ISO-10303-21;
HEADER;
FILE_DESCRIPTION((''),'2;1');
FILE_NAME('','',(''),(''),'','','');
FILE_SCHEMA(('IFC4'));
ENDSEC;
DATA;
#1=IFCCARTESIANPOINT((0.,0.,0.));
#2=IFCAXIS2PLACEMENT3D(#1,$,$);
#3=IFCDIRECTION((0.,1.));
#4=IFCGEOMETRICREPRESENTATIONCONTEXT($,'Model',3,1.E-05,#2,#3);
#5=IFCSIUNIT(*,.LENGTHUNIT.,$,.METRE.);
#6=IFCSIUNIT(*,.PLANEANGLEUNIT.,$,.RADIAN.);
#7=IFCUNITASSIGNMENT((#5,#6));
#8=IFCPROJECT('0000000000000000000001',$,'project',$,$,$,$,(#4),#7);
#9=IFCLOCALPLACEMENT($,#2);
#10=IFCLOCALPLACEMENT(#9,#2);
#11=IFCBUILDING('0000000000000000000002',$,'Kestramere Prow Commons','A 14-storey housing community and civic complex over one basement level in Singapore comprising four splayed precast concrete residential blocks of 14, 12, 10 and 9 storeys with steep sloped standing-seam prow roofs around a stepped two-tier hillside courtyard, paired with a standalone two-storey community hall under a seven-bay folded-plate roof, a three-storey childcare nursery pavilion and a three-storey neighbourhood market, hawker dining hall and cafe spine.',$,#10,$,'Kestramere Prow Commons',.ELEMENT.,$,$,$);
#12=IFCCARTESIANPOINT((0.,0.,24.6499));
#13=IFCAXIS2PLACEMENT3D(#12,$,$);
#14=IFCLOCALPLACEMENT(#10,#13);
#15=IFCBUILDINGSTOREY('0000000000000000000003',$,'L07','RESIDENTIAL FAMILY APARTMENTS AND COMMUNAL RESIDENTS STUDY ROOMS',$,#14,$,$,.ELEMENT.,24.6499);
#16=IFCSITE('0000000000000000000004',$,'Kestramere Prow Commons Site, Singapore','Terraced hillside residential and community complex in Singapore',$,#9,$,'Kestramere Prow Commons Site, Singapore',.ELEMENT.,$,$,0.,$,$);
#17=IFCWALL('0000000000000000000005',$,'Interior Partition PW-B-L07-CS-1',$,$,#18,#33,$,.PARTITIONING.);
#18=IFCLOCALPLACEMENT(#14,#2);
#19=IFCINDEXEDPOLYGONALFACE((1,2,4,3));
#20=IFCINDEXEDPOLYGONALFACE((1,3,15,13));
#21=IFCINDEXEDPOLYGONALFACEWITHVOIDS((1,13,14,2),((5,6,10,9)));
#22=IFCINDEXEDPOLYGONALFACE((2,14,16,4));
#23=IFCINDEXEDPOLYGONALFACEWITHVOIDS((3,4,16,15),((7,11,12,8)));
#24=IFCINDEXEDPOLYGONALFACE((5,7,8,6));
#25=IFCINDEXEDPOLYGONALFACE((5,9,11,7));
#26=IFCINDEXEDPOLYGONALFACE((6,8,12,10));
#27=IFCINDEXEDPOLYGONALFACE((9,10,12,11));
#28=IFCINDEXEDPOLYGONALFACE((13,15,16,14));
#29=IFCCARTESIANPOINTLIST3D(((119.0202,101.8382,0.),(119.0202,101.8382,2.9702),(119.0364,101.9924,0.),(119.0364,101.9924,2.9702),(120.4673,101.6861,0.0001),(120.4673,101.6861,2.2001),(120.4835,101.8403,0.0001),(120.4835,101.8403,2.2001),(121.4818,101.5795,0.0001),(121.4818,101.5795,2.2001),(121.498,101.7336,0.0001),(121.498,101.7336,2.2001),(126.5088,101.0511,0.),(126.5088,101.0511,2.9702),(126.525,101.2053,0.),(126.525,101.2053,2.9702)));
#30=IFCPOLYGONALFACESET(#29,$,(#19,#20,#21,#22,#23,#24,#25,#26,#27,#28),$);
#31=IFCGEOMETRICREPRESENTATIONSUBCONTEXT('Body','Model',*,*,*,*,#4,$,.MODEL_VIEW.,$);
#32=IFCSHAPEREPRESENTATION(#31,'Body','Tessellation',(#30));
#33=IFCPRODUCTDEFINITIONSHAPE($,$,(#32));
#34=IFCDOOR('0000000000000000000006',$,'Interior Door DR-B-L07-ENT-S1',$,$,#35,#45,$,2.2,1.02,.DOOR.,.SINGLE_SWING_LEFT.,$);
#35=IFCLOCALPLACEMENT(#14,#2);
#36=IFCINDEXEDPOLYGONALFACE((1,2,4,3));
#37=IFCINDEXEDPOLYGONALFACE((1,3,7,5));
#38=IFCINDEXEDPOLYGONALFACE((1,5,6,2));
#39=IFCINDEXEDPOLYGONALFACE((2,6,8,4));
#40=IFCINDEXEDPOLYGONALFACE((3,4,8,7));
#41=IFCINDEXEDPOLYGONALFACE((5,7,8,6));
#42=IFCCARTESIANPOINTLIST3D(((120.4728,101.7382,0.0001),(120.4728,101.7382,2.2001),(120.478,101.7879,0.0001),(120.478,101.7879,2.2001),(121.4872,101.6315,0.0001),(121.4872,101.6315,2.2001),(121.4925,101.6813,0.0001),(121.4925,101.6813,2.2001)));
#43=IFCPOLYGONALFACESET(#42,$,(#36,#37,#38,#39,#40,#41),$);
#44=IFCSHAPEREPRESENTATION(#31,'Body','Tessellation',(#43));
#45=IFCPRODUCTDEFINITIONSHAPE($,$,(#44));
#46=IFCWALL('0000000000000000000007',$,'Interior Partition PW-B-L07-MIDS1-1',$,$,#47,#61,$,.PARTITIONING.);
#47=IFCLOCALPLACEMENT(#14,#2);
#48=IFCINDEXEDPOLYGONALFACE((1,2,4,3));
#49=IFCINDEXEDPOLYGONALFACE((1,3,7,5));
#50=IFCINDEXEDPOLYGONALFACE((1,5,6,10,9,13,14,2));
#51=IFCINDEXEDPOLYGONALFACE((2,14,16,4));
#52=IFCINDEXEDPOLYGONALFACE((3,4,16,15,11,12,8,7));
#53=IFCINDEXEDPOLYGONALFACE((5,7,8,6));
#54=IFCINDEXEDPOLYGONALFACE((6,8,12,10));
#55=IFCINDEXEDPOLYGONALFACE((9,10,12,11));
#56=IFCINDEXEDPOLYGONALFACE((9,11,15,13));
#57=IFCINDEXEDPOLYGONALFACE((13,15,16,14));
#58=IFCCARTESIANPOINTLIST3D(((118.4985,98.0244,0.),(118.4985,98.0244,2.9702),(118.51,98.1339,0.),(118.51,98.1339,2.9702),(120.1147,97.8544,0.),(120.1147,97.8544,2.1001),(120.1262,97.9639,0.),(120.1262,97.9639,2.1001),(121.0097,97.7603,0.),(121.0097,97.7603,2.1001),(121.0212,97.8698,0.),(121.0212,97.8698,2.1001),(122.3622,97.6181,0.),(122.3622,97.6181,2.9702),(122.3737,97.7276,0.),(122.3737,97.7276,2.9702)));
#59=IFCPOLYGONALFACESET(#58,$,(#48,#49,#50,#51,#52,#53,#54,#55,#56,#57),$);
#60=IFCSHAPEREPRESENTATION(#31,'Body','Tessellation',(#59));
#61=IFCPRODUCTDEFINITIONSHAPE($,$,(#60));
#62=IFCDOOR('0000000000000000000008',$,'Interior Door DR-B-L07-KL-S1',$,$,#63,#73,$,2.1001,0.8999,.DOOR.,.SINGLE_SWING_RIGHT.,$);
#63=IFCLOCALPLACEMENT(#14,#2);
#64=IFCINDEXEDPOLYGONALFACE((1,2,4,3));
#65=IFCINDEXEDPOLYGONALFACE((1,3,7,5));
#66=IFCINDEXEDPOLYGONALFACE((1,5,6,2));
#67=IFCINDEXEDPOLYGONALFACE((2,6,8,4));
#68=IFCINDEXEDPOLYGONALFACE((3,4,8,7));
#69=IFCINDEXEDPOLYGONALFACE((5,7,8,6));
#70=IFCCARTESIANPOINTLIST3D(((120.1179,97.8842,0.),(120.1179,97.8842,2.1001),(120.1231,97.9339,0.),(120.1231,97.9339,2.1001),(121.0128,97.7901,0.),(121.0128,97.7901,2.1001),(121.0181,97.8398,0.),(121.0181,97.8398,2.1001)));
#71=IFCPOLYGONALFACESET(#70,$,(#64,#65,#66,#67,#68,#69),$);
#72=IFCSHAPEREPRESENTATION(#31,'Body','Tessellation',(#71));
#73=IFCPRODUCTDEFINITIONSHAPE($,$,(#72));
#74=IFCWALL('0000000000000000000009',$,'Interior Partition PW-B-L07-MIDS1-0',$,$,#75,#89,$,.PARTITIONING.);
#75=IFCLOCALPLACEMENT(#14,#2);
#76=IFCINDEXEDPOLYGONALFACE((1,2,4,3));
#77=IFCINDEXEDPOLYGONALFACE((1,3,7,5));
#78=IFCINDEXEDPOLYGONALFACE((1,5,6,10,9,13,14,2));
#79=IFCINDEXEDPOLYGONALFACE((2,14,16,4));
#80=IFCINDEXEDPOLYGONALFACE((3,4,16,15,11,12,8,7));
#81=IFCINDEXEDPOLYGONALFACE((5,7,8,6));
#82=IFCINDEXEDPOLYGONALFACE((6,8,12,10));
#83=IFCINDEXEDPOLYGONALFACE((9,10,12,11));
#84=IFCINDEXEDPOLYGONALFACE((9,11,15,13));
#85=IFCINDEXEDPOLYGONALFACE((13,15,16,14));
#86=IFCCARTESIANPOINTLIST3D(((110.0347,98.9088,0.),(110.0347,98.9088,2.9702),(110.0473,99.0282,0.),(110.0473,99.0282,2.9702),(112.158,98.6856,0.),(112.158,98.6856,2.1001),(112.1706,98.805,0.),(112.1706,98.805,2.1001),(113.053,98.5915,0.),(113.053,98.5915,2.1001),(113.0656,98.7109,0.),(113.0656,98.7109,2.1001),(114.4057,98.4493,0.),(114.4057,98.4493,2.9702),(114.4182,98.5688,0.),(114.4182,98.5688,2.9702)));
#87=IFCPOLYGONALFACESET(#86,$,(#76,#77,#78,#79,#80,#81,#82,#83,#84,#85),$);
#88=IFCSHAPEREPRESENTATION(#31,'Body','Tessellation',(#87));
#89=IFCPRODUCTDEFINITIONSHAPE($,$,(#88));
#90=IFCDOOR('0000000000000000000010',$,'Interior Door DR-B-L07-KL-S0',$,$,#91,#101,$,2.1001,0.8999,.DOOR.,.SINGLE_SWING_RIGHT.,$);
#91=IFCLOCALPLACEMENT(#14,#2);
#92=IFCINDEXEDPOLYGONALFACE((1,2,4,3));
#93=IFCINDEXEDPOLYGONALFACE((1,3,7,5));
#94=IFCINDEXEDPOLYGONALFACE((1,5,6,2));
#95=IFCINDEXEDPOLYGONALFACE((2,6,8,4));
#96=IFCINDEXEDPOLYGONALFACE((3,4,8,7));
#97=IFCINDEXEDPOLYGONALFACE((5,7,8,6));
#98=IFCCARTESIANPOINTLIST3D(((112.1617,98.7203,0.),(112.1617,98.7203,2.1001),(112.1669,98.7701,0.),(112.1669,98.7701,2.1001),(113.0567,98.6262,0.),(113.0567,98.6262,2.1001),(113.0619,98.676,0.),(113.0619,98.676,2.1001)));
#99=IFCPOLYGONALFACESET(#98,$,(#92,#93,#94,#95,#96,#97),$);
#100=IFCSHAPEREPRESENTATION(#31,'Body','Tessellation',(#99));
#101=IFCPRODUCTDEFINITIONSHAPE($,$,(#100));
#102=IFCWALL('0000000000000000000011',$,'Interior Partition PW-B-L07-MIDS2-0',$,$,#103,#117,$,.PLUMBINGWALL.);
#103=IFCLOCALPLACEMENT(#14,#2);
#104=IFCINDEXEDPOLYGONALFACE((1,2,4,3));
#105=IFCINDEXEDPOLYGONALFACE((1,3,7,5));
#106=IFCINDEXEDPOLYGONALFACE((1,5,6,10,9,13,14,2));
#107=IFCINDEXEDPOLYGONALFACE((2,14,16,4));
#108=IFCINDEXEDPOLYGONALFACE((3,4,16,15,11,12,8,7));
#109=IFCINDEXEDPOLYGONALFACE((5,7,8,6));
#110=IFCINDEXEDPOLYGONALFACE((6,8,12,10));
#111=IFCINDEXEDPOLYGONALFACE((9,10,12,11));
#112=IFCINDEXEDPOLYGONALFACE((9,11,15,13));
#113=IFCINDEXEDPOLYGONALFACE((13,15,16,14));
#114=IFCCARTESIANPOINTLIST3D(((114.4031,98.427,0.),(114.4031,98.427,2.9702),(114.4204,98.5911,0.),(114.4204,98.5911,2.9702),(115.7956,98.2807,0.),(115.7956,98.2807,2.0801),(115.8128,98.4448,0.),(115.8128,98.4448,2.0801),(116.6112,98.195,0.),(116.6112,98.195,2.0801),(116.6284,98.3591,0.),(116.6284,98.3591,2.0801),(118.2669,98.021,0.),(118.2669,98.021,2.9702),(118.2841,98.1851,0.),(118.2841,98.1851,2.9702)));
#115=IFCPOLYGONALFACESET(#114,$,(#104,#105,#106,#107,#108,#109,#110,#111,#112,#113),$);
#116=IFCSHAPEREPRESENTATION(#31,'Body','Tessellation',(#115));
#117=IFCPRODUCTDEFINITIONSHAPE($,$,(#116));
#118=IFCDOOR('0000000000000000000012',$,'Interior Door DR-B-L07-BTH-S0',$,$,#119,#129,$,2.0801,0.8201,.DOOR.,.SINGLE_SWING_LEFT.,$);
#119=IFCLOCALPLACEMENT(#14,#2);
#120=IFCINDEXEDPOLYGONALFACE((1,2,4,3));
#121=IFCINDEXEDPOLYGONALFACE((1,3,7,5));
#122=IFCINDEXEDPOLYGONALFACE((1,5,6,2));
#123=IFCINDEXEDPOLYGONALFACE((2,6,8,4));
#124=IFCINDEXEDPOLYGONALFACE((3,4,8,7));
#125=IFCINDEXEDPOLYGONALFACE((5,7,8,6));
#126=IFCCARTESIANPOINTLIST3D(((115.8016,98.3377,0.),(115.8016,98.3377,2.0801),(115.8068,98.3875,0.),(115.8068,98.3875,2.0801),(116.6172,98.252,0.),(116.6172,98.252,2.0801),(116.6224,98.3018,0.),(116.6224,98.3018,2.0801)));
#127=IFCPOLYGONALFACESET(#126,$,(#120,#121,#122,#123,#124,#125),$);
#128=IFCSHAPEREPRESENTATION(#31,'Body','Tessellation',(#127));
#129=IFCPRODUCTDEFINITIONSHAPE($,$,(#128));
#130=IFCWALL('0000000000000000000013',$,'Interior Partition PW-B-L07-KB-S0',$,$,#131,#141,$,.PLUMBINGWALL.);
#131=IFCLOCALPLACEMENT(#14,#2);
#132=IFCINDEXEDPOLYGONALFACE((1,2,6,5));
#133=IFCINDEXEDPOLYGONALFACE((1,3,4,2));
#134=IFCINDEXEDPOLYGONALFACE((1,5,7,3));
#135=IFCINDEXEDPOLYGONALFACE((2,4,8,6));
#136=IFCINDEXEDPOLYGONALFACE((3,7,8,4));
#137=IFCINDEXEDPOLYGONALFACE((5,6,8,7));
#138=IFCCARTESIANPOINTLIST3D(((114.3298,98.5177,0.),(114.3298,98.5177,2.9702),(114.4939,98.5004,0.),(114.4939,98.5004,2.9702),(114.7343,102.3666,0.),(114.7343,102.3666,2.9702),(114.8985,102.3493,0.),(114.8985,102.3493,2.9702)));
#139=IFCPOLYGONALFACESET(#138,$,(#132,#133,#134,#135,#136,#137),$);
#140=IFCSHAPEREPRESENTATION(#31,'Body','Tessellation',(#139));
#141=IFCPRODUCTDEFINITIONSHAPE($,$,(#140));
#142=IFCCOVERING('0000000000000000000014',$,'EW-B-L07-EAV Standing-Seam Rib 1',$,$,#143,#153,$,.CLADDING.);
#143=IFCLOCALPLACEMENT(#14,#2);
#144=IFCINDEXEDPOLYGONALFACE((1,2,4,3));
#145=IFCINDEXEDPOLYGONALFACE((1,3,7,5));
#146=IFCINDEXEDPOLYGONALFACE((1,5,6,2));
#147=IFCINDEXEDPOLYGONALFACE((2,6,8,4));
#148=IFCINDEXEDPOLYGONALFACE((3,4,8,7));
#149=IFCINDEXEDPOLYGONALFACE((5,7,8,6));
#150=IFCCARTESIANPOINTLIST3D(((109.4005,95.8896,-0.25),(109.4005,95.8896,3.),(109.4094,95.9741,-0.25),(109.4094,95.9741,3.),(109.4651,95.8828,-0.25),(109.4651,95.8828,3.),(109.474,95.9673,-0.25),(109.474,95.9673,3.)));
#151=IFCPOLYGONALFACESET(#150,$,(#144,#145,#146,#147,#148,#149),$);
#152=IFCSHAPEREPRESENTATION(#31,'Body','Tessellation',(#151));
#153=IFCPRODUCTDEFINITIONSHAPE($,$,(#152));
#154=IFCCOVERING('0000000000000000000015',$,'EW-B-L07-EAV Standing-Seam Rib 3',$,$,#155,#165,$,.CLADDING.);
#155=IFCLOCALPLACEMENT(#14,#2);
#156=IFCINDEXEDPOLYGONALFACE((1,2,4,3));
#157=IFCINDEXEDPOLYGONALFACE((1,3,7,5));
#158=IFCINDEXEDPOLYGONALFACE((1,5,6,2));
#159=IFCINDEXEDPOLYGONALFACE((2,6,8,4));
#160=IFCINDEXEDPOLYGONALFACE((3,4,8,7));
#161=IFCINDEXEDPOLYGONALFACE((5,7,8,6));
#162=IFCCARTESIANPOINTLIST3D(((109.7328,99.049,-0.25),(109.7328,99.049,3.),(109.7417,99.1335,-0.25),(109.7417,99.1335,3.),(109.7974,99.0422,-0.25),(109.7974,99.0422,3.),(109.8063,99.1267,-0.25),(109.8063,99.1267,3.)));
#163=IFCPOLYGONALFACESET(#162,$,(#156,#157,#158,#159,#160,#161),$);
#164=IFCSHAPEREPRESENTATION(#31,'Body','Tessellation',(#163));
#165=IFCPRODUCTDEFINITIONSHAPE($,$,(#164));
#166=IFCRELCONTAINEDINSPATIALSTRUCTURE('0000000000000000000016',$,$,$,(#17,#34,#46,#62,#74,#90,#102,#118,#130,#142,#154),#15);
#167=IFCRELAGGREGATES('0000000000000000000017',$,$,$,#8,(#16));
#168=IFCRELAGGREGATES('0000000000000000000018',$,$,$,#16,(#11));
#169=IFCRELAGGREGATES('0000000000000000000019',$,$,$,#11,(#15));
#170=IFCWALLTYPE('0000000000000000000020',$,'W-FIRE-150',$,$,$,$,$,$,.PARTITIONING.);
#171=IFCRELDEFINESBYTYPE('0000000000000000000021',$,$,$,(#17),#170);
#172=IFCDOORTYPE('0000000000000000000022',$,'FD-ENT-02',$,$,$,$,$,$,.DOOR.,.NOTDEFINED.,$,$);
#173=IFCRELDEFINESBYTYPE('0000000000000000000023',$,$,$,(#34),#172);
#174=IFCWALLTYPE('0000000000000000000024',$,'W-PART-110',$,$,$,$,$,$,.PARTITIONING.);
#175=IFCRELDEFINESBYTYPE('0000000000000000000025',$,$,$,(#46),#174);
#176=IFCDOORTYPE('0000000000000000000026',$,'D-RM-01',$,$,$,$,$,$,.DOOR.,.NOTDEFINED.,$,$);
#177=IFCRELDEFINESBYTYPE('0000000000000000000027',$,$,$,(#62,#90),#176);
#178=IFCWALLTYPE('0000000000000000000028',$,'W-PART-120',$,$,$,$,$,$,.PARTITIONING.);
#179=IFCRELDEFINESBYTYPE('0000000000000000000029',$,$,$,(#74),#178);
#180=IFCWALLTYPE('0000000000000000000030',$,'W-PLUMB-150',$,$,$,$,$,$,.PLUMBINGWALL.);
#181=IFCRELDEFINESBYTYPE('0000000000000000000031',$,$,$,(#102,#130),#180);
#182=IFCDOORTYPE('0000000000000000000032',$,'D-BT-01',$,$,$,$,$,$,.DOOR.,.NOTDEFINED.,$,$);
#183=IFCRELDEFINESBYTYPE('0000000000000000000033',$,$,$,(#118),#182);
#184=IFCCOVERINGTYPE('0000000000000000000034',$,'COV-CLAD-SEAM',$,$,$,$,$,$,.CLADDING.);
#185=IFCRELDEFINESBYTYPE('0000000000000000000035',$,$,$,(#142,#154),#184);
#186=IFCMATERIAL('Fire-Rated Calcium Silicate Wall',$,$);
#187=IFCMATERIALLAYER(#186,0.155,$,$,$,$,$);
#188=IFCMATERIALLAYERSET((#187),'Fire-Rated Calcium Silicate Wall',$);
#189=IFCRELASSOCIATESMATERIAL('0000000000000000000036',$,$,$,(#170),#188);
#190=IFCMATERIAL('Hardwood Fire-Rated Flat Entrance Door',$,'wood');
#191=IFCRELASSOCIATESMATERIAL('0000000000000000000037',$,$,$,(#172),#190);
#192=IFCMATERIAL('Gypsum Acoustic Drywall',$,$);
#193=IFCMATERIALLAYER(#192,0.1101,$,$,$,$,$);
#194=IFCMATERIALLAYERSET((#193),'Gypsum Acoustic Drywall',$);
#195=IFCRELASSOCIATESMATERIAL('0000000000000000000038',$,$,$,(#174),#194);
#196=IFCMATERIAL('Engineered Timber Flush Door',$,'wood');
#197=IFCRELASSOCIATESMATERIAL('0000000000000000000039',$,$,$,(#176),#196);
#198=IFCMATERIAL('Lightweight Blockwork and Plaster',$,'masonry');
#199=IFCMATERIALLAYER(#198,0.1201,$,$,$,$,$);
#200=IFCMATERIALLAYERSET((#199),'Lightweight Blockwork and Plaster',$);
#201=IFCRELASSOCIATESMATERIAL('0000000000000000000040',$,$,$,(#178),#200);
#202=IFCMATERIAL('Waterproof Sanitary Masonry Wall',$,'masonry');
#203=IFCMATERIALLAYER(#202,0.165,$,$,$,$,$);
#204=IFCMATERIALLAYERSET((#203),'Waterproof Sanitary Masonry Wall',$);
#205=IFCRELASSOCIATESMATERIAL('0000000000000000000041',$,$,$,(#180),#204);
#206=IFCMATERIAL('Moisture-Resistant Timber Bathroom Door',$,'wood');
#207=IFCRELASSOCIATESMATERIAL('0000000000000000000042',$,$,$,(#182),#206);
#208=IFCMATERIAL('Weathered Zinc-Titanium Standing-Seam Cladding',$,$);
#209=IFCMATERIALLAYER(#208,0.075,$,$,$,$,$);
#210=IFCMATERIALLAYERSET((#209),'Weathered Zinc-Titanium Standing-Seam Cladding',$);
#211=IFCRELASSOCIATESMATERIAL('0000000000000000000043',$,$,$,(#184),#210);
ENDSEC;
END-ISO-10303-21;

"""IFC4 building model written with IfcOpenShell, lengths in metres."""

from ifc_helpers import new_model, si_unit, direction, frame, frame_2d, origin, origin_2d, place, context, subcontext, project, spatial, rectangle, extrude, material, layer, layer_set, type_object, element, fill, save


model = new_model("IFC4")

# Units and contexts
model_context = context("Model", 3, precision=1e-05, world=origin(), true_north=direction((0.0, 1.0)))
body_context = subcontext(model_context, "Body", "Model", "MODEL_VIEW")
ifc_project = project(units=[si_unit("LENGTHUNIT", "METRE"), si_unit("PLANEANGLEUNIT", "RADIAN")], contexts=[model_context])

# Site, building, storey
site_placement = place(None, origin())
site = spatial("IfcSite", under=ifc_project, at=site_placement, Name="Kestramere Prow Commons Site, Singapore", Description="Terraced hillside residential and community complex in Singapore", LongName="Kestramere Prow Commons Site, Singapore", CompositionType="ELEMENT", RefElevation=0.0)
building_placement = place(site_placement, origin())
building = spatial("IfcBuilding", under=site, at=building_placement, Name="Kestramere Prow Commons", Description="A 14-storey housing community and civic complex over one basement level in Singapore comprising four splayed precast concrete residential blocks of 14, 12, 10 and 9 storeys with steep sloped standing-seam prow roofs around a stepped two-tier hillside courtyard, paired with a standalone two-storey community hall under a seven-bay folded-plate roof, a three-storey childcare nursery pavilion and a three-storey neighbourhood market, hawker dining hall and cafe spine.", LongName="Kestramere Prow Commons", CompositionType="ELEMENT")
storey_placement = place(building_placement, frame((0.0, 0.0, 24.6499)))
storey = spatial("IfcBuildingStorey", under=building, at=storey_placement, Name="L07", Description="RESIDENTIAL FAMILY APARTMENTS AND COMMUNAL RESIDENTS STUDY ROOMS", CompositionType="ELEMENT", Elevation=24.6499)

# Walls, openings, doors
ifc_material_1 = material(Name="Fire-Rated Calcium Silicate Wall")
ifc_layer_1 = layer(ifc_material_1, 0.155)
ifc_layer_set_1 = layer_set([ifc_layer_1], Name="Fire-Rated Calcium Silicate Wall")
wall_type_1 = type_object("IfcWallType", Name="W-FIRE-150", PredefinedType="PARTITIONING", material=ifc_layer_set_1)
wall_1_placement = place(storey_placement, frame((119.0283, 101.9153, 0.0), z_axis=(0.0, 0.0, 1.0), x_axis=(0.994521, -0.104533, 0.0)))
wall_1 = element("IfcWall", 1, at=wall_1_placement, inside=storey, type_object=wall_type_1, Name="Interior Partition PW-B-L07-CS-1", PredefinedType="PARTITIONING", context=body_context, shape_type="SweptSolid", body=[
    extrude(rectangle(XDim=7.5298, YDim=0.155, at=frame_2d((3.7649, 0.0))), origin(), (0.0, 0.0, 1.0), 2.9702),
])
opening_1_placement = place(wall_1_placement, frame((1.4551, 0.0, 0.0)))
opening_1 = element("IfcOpeningElement", 2, at=opening_1_placement, cuts=wall_1, PredefinedType="OPENING", context=body_context, shape_type="SweptSolid", body=[
    extrude(rectangle(XDim=1.02, YDim=2.2, at=frame_2d((0.51, 1.1001))), frame((0.0, 0.0925, 0.0), z_axis=(0.0, -1.0, 0.0), x_axis=(1.0, 0.0, 0.0)), (0.0, 0.0, 1.0), 0.1851),
])
ifc_material_2 = material(Name="Hardwood Fire-Rated Flat Entrance Door", Category="wood")
door_type_1 = type_object("IfcDoorType", Name="FD-ENT-02", OperationType="NOTDEFINED", PredefinedType="DOOR", material=ifc_material_2)
door_1_placement = place(opening_1_placement, origin())
door_1 = element("IfcDoor", 3, at=door_1_placement, inside=storey, type_object=door_type_1, Name="Interior Door DR-B-L07-ENT-S1", OperationType="SINGLE_SWING_LEFT", OverallHeight=2.2, OverallWidth=1.02, PredefinedType="DOOR", context=body_context, shape_type="SweptSolid", body=[
    extrude(rectangle(XDim=1.02, YDim=2.2, at=frame_2d((0.51, 1.1001))), frame((0.0, 0.0249, 0.0), z_axis=(0.0, -1.0, 0.0), x_axis=(1.0, 0.0, 0.0)), (0.0, 0.0, 1.0), 0.05),
])
fill(opening_1, door_1)
ifc_material_3 = material(Name="Gypsum Acoustic Drywall")
ifc_layer_2 = layer(ifc_material_3, 0.1101)
ifc_layer_set_2 = layer_set([ifc_layer_2], Name="Gypsum Acoustic Drywall")
wall_type_2 = type_object("IfcWallType", Name="W-PART-110", PredefinedType="PARTITIONING", material=ifc_layer_set_2)
wall_2_placement = place(storey_placement, frame((118.5044, 98.0791, 0.0), z_axis=(0.0, 0.0, 1.0), x_axis=(0.994518, -0.104567, 0.0)))
wall_2 = element("IfcWall", 4, at=wall_2_placement, inside=storey, type_object=wall_type_2, Name="Interior Partition PW-B-L07-MIDS1-1", PredefinedType="PARTITIONING", context=body_context, shape_type="SweptSolid", body=[
    extrude(rectangle(XDim=3.885, YDim=0.1101, at=frame_2d((1.9424, 0.0))), origin(), (0.0, 0.0, 1.0), 2.9702),
])
opening_2_placement = place(wall_2_placement, frame((1.625, 0.0, 0.0)))
opening_2 = element("IfcOpeningElement", 5, at=opening_2_placement, cuts=wall_2, PredefinedType="OPENING", context=body_context, shape_type="SweptSolid", body=[
    extrude(rectangle(XDim=0.8999, YDim=2.1001, at=frame_2d((0.45, 1.05))), frame((0.0, 0.0701, 0.0), z_axis=(0.0, -1.0, 0.0), x_axis=(1.0, 0.0, 0.0)), (0.0, 0.0, 1.0), 0.1401),
])
ifc_material_4 = material(Name="Engineered Timber Flush Door", Category="wood")
door_type_2 = type_object("IfcDoorType", Name="D-RM-01", OperationType="NOTDEFINED", PredefinedType="DOOR", material=ifc_material_4)
door_2_placement = place(opening_2_placement, origin())
door_2 = element("IfcDoor", 6, at=door_2_placement, inside=storey, type_object=door_type_2, Name="Interior Door DR-B-L07-KL-S1", OperationType="SINGLE_SWING_RIGHT", OverallHeight=2.1001, OverallWidth=0.8999, PredefinedType="DOOR", context=body_context, shape_type="SweptSolid", body=[
    extrude(rectangle(XDim=0.8999, YDim=2.1001, at=frame_2d((0.45, 1.05))), frame((0.0, 0.0249, 0.0), z_axis=(0.0, -1.0, 0.0), x_axis=(1.0, 0.0, 0.0)), (0.0, 0.0, 1.0), 0.05),
])
fill(opening_2, door_2)
ifc_material_5 = material(Name="Lightweight Blockwork and Plaster", Category="masonry")
ifc_layer_3 = layer(ifc_material_5, 0.1201)
ifc_layer_set_3 = layer_set([ifc_layer_3], Name="Lightweight Blockwork and Plaster")
wall_type_3 = type_object("IfcWallType", Name="W-PART-120", PredefinedType="PARTITIONING", material=ifc_layer_set_3)
wall_3_placement = place(storey_placement, frame((110.041, 98.9685, 0.0), z_axis=(0.0, 0.0, 1.0), x_axis=(0.99452, -0.104546, 0.0)))
wall_3 = element("IfcWall", 7, at=wall_3_placement, inside=storey, type_object=wall_type_3, Name="Interior Partition PW-B-L07-MIDS1-0", PredefinedType="PARTITIONING", context=body_context, shape_type="SweptSolid", body=[
    extrude(rectangle(XDim=4.395, YDim=0.1201, at=frame_2d((2.1975, 0.0))), origin(), (0.0, 0.0, 1.0), 2.9702),
])
opening_3_placement = place(wall_3_placement, frame((2.135, 0.0, 0.0)))
opening_3 = element("IfcOpeningElement", 8, at=opening_3_placement, cuts=wall_3, PredefinedType="OPENING", context=body_context, shape_type="SweptSolid", body=[
    extrude(rectangle(XDim=0.8999, YDim=2.1001, at=frame_2d((0.45, 1.05))), frame((0.0, 0.075, 0.0), z_axis=(0.0, -1.0, 0.0), x_axis=(1.0, 0.0, 0.0)), (0.0, 0.0, 1.0), 0.1501),
])
door_3_placement = place(opening_3_placement, origin())
door_3 = element("IfcDoor", 9, at=door_3_placement, inside=storey, type_object=door_type_2, Name="Interior Door DR-B-L07-KL-S0", OperationType="SINGLE_SWING_RIGHT", OverallHeight=2.1001, OverallWidth=0.8999, PredefinedType="DOOR", context=body_context, shape_type="SweptSolid", body=[
    extrude(rectangle(XDim=0.8999, YDim=2.1001, at=frame_2d((0.45, 1.05))), frame((0.0, 0.0249, 0.0), z_axis=(0.0, -1.0, 0.0), x_axis=(1.0, 0.0, 0.0)), (0.0, 0.0, 1.0), 0.05),
])
fill(opening_3, door_3)
ifc_material_6 = material(Name="Waterproof Sanitary Masonry Wall", Category="masonry")
ifc_layer_4 = layer(ifc_material_6, 0.165)
ifc_layer_set_4 = layer_set([ifc_layer_4], Name="Waterproof Sanitary Masonry Wall")
wall_type_4 = type_object("IfcWallType", Name="W-PLUMB-150", PredefinedType="PLUMBINGWALL", material=ifc_layer_set_4)
wall_4_placement = place(storey_placement, frame((114.4119, 98.509, 0.0), z_axis=(0.0, 0.0, 1.0), x_axis=(0.994524, -0.104505, 0.0)))
wall_4 = element("IfcWall", 10, at=wall_4_placement, inside=storey, type_object=wall_type_4, Name="Interior Partition PW-B-L07-MIDS2-0", PredefinedType="PLUMBINGWALL", context=body_context, shape_type="SweptSolid", body=[
    extrude(rectangle(XDim=3.885, YDim=0.165, at=frame_2d((1.9424, 0.0))), origin(), (0.0, 0.0, 1.0), 2.9702),
])
opening_4_placement = place(wall_4_placement, frame((1.3999, 0.0, 0.0)))
opening_4 = element("IfcOpeningElement", 11, at=opening_4_placement, cuts=wall_4, PredefinedType="OPENING", context=body_context, shape_type="SweptSolid", body=[
    extrude(rectangle(XDim=0.8201, YDim=2.0801, at=frame_2d((0.4102, 1.04))), frame((0.0, 0.0974, 0.0), z_axis=(0.0, -1.0, 0.0), x_axis=(1.0, 0.0, 0.0)), (0.0, 0.0, 1.0), 0.1951),
])
ifc_material_7 = material(Name="Moisture-Resistant Timber Bathroom Door", Category="wood")
door_type_3 = type_object("IfcDoorType", Name="D-BT-01", OperationType="NOTDEFINED", PredefinedType="DOOR", material=ifc_material_7)
door_4_placement = place(opening_4_placement, origin())
door_4 = element("IfcDoor", 12, at=door_4_placement, inside=storey, type_object=door_type_3, Name="Interior Door DR-B-L07-BTH-S0", OperationType="SINGLE_SWING_LEFT", OverallHeight=2.0801, OverallWidth=0.8201, PredefinedType="DOOR", context=body_context, shape_type="SweptSolid", body=[
    extrude(rectangle(XDim=0.8201, YDim=2.0801, at=frame_2d((0.4102, 1.04))), frame((0.0, 0.0249, 0.0), z_axis=(0.0, -1.0, 0.0), x_axis=(1.0, 0.0, 0.0)), (0.0, 0.0, 1.0), 0.05),
])
fill(opening_4, door_4)

# Wall
wall_5_placement = place(storey_placement, frame((114.4119, 98.509, 0.0), z_axis=(0.0, 0.0, 1.0), x_axis=(0.10453, 0.994522, 0.0)))
element("IfcWall", 13, at=wall_5_placement, inside=storey, type_object=wall_type_4, Name="Interior Partition PW-B-L07-KB-S0", PredefinedType="PLUMBINGWALL", context=body_context, shape_type="SweptSolid", body=[
    extrude(rectangle(XDim=3.8701, YDim=0.165, at=frame_2d((1.9351, 0.0))), origin(), (0.0, 0.0, 1.0), 2.9702),
])

# Coverings
ifc_material_8 = material(Name="Weathered Zinc-Titanium Standing-Seam Cladding")
ifc_layer_5 = layer(ifc_material_8, 0.075)
ifc_layer_set_5 = layer_set([ifc_layer_5], Name="Weathered Zinc-Titanium Standing-Seam Cladding")
covering_type = type_object("IfcCoveringType", Name="COV-CLAD-SEAM", PredefinedType="CLADDING", material=ifc_layer_set_5)
for number, where, z_axis, x_axis, name in (
    (14, (109.4373, 95.9285, -0.25), (0.0, 0.0, 1.0), (0.104528, 0.994522, 0.0), "EW-B-L07-EAV Standing-Seam Rib 1"),
    (15, (109.7695, 99.0879, -0.25), (0.0, 0.0, 1.0), (0.104528, 0.994522, 0.0), "EW-B-L07-EAV Standing-Seam Rib 3"),
):
    element("IfcCovering", number, at=place(storey_placement, frame(where, z_axis=z_axis, x_axis=x_axis)), inside=storey, type_object=covering_type, Name=name, PredefinedType="CLADDING", context=body_context, shape_type="SweptSolid", body=[
        extrude(rectangle(XDim=0.085, YDim=0.0649, at=origin_2d()), origin(), (0.0, 0.0, 1.0), 3.25),
    ])

save(model, "model.ifc")
